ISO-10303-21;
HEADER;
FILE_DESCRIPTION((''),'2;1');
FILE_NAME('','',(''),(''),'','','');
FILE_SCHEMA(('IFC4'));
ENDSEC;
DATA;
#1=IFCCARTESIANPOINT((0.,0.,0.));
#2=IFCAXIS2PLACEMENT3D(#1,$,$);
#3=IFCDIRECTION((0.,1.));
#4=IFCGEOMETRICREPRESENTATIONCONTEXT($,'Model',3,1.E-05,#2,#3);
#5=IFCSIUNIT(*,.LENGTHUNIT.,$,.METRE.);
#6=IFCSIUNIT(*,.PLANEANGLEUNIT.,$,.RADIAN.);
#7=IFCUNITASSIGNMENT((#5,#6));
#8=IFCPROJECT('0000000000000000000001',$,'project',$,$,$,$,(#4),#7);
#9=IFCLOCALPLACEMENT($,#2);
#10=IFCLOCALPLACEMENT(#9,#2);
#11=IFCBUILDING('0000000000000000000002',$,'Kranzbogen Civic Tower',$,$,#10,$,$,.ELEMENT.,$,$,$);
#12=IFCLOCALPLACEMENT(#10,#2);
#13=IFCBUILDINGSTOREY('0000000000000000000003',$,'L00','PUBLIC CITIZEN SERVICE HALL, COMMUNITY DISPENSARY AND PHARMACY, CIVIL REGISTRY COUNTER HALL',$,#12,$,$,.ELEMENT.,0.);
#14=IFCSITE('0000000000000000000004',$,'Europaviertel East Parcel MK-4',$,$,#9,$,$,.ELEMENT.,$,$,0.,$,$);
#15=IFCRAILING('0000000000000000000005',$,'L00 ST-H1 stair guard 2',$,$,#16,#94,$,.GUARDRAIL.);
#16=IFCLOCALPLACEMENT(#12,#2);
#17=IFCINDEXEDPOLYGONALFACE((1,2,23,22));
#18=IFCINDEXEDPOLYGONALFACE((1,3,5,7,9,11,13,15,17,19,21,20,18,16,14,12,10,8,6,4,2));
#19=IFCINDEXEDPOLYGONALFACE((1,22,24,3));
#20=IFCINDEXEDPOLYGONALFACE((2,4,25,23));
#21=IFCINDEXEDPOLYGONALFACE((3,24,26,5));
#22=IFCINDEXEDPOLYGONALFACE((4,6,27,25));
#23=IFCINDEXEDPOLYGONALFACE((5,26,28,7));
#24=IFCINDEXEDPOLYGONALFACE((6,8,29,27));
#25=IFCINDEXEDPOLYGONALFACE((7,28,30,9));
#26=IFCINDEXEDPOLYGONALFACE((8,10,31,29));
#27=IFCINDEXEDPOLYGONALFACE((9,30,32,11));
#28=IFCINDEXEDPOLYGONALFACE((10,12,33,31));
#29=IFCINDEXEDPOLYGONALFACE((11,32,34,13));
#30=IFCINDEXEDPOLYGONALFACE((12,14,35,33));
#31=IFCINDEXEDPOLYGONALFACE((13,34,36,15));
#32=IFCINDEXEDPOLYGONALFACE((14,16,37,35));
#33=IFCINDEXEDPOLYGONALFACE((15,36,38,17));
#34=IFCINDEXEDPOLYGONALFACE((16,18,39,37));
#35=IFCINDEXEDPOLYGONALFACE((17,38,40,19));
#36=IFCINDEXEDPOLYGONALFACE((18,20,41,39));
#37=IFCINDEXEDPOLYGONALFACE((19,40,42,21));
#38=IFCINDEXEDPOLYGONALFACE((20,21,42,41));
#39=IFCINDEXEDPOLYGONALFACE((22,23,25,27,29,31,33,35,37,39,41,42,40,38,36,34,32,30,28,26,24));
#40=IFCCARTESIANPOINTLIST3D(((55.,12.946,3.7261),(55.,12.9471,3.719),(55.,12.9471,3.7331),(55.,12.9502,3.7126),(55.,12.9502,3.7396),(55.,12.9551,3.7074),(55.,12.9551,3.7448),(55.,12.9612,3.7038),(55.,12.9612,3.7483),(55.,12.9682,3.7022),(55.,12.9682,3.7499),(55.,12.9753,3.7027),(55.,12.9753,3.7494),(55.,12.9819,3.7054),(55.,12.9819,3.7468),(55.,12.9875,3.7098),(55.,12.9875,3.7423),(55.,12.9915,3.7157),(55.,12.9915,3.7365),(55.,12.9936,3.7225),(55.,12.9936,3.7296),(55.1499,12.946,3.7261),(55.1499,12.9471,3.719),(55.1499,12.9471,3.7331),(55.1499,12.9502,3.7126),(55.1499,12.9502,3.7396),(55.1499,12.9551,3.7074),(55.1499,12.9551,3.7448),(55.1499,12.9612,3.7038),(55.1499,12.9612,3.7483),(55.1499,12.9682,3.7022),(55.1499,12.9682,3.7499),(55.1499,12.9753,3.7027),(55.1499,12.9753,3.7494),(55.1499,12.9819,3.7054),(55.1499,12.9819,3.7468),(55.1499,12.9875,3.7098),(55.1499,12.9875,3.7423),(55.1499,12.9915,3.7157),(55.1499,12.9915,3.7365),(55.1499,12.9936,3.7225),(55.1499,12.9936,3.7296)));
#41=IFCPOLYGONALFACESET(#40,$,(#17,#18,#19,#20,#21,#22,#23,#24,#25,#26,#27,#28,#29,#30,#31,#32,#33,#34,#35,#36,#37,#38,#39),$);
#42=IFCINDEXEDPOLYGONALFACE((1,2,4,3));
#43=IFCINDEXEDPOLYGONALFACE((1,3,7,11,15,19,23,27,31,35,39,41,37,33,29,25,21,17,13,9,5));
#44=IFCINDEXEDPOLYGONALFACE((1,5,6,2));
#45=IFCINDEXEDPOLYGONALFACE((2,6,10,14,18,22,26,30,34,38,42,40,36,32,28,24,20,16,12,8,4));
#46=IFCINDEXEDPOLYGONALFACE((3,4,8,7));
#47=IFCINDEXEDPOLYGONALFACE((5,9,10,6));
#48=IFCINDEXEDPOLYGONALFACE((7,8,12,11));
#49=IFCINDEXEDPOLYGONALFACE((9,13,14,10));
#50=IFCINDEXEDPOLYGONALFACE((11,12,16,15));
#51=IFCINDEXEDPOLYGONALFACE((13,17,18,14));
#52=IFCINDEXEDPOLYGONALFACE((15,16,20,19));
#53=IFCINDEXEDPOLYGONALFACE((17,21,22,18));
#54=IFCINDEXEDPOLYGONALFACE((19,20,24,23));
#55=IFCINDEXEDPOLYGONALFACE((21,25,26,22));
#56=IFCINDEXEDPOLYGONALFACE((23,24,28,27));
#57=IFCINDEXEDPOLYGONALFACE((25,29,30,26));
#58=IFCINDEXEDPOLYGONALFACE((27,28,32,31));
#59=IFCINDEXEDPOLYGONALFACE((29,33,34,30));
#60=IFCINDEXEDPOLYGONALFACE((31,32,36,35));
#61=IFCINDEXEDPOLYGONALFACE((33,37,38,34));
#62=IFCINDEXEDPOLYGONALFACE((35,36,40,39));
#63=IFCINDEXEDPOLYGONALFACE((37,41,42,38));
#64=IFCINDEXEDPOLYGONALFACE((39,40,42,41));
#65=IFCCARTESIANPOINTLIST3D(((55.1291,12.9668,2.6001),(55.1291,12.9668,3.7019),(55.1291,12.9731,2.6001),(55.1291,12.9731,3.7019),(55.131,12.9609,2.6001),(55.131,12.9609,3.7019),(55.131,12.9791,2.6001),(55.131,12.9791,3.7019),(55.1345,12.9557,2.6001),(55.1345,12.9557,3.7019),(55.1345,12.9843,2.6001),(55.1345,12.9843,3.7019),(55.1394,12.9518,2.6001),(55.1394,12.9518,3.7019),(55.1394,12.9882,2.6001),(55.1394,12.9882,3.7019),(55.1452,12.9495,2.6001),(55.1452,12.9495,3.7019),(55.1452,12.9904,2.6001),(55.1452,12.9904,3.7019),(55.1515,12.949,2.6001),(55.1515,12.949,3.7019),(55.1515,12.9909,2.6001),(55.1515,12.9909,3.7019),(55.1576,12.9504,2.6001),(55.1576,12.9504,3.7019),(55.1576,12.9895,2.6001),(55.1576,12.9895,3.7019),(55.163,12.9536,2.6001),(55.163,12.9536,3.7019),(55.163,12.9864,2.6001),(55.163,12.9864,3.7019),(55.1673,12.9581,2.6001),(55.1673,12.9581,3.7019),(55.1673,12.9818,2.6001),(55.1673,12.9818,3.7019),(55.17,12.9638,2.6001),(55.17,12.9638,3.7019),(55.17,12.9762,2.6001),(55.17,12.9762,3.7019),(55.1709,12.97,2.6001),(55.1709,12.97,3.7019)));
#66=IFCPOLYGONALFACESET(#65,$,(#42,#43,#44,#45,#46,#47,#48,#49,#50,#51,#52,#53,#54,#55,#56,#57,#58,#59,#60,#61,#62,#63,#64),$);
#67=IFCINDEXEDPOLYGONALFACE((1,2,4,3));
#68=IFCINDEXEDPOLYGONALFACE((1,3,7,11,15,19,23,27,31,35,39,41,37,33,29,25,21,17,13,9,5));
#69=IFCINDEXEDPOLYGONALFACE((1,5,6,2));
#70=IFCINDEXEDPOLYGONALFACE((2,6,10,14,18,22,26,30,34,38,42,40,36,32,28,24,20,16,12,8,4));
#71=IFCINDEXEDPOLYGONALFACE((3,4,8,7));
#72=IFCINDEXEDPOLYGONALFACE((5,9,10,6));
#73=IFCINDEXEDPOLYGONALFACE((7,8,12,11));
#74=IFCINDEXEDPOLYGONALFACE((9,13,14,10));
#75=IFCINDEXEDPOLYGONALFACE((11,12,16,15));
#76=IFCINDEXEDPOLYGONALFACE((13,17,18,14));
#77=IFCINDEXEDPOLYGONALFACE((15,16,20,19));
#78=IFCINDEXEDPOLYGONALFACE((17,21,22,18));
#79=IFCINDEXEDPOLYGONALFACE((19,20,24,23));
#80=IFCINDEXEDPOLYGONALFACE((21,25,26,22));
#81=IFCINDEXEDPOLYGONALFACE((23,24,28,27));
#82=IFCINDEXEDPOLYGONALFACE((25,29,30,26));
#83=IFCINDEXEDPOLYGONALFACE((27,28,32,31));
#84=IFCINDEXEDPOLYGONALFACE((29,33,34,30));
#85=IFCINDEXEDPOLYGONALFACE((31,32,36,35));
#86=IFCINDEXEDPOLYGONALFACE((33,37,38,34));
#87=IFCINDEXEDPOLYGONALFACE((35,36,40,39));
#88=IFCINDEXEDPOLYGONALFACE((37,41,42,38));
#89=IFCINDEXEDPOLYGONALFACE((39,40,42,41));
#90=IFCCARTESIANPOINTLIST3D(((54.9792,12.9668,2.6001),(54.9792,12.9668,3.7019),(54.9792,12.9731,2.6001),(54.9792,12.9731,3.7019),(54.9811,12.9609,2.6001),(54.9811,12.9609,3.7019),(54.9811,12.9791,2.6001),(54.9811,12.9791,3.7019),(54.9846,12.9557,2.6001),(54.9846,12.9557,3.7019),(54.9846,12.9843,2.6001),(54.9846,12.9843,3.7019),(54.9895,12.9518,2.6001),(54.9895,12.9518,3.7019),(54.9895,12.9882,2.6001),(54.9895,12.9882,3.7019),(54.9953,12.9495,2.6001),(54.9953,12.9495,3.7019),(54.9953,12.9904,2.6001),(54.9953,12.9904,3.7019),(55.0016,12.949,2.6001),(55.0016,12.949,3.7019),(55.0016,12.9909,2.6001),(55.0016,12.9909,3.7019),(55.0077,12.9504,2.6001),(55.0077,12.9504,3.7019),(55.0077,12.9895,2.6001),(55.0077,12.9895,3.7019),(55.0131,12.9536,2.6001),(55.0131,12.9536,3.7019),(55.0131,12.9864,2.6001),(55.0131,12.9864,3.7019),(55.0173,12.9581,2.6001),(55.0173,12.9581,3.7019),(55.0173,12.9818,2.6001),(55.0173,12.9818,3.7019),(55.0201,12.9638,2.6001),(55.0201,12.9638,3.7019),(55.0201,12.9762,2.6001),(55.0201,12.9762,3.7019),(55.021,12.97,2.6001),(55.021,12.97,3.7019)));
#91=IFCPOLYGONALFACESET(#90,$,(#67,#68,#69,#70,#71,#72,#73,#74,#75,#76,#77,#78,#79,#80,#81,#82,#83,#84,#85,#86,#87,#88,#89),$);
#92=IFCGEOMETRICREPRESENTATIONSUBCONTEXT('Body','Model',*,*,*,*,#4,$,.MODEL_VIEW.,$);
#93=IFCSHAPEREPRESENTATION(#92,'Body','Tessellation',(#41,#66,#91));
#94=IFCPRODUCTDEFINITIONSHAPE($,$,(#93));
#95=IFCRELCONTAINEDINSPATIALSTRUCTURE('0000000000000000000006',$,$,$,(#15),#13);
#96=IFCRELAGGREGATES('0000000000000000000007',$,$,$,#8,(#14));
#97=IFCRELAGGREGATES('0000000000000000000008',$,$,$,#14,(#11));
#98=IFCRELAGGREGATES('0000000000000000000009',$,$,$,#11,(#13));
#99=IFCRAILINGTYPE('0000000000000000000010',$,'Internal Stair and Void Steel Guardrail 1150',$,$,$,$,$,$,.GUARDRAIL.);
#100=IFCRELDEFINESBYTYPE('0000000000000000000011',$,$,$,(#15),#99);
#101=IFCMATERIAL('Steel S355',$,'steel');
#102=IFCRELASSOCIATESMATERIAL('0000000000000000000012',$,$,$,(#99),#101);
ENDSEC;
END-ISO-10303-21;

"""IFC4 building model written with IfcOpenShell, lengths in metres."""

from ifc_helpers import new_model, si_unit, direction, frame, origin, origin_2d, place, context, subcontext, project, spatial, circle, extrude, material, type_object, element, save


model = new_model("IFC4")

# Units and contexts
model_context = context("Model", 3, precision=1e-05, world=origin(), true_north=direction((0.0, 1.0)))
body_context = subcontext(model_context, "Body", "Model", "MODEL_VIEW")
ifc_project = project(units=[si_unit("LENGTHUNIT", "METRE"), si_unit("PLANEANGLEUNIT", "RADIAN")], contexts=[model_context])

# Site, building, storey
site_placement = place(None, origin())
site = spatial("IfcSite", under=ifc_project, at=site_placement, Name="Europaviertel East Parcel MK-4", CompositionType="ELEMENT", RefElevation=0.0)
building_placement = place(site_placement, origin())
building = spatial("IfcBuilding", under=site, at=building_placement, Name="Kranzbogen Civic Tower", CompositionType="ELEMENT")
storey_placement = place(building_placement, origin())
storey = spatial("IfcBuildingStorey", under=building, at=storey_placement, Name="L00", Description="PUBLIC CITIZEN SERVICE HALL, COMMUNITY DISPENSARY AND PHARMACY, CIVIL REGISTRY COUNTER HALL", CompositionType="ELEMENT", Elevation=0.0)

# Shared definitions
ifc_material_1 = material(Name="Steel S355", Category="steel")

# Railing
railing_type_1 = type_object("IfcRailingType", Name="Internal Stair and Void Steel Guardrail 1150", PredefinedType="GUARDRAIL", material=ifc_material_1)
railing_1_placement = place(storey_placement, frame((55.1499, 12.97, 2.6001)))
element("IfcRailing", 1, at=railing_1_placement, inside=storey, type_object=railing_type_1, Name="L00 ST-H1 stair guard 2", PredefinedType="GUARDRAIL", context=body_context, shape_type="SweptSolid", body=[
    extrude(circle(Radius=0.0239, at=origin_2d()), frame((0.0, 0.0, 1.126), z_axis=(-1.0, 0.0, 0.0), x_axis=(0.0, -1.0, 0.0)), (0.0, 0.0, 1.0), 0.1499),
    extrude(circle(Radius=0.021, at=origin_2d()), origin(), (0.0, 0.0, 1.0), 1.1018),
    extrude(circle(Radius=0.021, at=origin_2d()), frame((-0.1499, 0.0, 0.0)), (0.0, 0.0, 1.0), 1.1018),
])

save(model, "model.ifc")
